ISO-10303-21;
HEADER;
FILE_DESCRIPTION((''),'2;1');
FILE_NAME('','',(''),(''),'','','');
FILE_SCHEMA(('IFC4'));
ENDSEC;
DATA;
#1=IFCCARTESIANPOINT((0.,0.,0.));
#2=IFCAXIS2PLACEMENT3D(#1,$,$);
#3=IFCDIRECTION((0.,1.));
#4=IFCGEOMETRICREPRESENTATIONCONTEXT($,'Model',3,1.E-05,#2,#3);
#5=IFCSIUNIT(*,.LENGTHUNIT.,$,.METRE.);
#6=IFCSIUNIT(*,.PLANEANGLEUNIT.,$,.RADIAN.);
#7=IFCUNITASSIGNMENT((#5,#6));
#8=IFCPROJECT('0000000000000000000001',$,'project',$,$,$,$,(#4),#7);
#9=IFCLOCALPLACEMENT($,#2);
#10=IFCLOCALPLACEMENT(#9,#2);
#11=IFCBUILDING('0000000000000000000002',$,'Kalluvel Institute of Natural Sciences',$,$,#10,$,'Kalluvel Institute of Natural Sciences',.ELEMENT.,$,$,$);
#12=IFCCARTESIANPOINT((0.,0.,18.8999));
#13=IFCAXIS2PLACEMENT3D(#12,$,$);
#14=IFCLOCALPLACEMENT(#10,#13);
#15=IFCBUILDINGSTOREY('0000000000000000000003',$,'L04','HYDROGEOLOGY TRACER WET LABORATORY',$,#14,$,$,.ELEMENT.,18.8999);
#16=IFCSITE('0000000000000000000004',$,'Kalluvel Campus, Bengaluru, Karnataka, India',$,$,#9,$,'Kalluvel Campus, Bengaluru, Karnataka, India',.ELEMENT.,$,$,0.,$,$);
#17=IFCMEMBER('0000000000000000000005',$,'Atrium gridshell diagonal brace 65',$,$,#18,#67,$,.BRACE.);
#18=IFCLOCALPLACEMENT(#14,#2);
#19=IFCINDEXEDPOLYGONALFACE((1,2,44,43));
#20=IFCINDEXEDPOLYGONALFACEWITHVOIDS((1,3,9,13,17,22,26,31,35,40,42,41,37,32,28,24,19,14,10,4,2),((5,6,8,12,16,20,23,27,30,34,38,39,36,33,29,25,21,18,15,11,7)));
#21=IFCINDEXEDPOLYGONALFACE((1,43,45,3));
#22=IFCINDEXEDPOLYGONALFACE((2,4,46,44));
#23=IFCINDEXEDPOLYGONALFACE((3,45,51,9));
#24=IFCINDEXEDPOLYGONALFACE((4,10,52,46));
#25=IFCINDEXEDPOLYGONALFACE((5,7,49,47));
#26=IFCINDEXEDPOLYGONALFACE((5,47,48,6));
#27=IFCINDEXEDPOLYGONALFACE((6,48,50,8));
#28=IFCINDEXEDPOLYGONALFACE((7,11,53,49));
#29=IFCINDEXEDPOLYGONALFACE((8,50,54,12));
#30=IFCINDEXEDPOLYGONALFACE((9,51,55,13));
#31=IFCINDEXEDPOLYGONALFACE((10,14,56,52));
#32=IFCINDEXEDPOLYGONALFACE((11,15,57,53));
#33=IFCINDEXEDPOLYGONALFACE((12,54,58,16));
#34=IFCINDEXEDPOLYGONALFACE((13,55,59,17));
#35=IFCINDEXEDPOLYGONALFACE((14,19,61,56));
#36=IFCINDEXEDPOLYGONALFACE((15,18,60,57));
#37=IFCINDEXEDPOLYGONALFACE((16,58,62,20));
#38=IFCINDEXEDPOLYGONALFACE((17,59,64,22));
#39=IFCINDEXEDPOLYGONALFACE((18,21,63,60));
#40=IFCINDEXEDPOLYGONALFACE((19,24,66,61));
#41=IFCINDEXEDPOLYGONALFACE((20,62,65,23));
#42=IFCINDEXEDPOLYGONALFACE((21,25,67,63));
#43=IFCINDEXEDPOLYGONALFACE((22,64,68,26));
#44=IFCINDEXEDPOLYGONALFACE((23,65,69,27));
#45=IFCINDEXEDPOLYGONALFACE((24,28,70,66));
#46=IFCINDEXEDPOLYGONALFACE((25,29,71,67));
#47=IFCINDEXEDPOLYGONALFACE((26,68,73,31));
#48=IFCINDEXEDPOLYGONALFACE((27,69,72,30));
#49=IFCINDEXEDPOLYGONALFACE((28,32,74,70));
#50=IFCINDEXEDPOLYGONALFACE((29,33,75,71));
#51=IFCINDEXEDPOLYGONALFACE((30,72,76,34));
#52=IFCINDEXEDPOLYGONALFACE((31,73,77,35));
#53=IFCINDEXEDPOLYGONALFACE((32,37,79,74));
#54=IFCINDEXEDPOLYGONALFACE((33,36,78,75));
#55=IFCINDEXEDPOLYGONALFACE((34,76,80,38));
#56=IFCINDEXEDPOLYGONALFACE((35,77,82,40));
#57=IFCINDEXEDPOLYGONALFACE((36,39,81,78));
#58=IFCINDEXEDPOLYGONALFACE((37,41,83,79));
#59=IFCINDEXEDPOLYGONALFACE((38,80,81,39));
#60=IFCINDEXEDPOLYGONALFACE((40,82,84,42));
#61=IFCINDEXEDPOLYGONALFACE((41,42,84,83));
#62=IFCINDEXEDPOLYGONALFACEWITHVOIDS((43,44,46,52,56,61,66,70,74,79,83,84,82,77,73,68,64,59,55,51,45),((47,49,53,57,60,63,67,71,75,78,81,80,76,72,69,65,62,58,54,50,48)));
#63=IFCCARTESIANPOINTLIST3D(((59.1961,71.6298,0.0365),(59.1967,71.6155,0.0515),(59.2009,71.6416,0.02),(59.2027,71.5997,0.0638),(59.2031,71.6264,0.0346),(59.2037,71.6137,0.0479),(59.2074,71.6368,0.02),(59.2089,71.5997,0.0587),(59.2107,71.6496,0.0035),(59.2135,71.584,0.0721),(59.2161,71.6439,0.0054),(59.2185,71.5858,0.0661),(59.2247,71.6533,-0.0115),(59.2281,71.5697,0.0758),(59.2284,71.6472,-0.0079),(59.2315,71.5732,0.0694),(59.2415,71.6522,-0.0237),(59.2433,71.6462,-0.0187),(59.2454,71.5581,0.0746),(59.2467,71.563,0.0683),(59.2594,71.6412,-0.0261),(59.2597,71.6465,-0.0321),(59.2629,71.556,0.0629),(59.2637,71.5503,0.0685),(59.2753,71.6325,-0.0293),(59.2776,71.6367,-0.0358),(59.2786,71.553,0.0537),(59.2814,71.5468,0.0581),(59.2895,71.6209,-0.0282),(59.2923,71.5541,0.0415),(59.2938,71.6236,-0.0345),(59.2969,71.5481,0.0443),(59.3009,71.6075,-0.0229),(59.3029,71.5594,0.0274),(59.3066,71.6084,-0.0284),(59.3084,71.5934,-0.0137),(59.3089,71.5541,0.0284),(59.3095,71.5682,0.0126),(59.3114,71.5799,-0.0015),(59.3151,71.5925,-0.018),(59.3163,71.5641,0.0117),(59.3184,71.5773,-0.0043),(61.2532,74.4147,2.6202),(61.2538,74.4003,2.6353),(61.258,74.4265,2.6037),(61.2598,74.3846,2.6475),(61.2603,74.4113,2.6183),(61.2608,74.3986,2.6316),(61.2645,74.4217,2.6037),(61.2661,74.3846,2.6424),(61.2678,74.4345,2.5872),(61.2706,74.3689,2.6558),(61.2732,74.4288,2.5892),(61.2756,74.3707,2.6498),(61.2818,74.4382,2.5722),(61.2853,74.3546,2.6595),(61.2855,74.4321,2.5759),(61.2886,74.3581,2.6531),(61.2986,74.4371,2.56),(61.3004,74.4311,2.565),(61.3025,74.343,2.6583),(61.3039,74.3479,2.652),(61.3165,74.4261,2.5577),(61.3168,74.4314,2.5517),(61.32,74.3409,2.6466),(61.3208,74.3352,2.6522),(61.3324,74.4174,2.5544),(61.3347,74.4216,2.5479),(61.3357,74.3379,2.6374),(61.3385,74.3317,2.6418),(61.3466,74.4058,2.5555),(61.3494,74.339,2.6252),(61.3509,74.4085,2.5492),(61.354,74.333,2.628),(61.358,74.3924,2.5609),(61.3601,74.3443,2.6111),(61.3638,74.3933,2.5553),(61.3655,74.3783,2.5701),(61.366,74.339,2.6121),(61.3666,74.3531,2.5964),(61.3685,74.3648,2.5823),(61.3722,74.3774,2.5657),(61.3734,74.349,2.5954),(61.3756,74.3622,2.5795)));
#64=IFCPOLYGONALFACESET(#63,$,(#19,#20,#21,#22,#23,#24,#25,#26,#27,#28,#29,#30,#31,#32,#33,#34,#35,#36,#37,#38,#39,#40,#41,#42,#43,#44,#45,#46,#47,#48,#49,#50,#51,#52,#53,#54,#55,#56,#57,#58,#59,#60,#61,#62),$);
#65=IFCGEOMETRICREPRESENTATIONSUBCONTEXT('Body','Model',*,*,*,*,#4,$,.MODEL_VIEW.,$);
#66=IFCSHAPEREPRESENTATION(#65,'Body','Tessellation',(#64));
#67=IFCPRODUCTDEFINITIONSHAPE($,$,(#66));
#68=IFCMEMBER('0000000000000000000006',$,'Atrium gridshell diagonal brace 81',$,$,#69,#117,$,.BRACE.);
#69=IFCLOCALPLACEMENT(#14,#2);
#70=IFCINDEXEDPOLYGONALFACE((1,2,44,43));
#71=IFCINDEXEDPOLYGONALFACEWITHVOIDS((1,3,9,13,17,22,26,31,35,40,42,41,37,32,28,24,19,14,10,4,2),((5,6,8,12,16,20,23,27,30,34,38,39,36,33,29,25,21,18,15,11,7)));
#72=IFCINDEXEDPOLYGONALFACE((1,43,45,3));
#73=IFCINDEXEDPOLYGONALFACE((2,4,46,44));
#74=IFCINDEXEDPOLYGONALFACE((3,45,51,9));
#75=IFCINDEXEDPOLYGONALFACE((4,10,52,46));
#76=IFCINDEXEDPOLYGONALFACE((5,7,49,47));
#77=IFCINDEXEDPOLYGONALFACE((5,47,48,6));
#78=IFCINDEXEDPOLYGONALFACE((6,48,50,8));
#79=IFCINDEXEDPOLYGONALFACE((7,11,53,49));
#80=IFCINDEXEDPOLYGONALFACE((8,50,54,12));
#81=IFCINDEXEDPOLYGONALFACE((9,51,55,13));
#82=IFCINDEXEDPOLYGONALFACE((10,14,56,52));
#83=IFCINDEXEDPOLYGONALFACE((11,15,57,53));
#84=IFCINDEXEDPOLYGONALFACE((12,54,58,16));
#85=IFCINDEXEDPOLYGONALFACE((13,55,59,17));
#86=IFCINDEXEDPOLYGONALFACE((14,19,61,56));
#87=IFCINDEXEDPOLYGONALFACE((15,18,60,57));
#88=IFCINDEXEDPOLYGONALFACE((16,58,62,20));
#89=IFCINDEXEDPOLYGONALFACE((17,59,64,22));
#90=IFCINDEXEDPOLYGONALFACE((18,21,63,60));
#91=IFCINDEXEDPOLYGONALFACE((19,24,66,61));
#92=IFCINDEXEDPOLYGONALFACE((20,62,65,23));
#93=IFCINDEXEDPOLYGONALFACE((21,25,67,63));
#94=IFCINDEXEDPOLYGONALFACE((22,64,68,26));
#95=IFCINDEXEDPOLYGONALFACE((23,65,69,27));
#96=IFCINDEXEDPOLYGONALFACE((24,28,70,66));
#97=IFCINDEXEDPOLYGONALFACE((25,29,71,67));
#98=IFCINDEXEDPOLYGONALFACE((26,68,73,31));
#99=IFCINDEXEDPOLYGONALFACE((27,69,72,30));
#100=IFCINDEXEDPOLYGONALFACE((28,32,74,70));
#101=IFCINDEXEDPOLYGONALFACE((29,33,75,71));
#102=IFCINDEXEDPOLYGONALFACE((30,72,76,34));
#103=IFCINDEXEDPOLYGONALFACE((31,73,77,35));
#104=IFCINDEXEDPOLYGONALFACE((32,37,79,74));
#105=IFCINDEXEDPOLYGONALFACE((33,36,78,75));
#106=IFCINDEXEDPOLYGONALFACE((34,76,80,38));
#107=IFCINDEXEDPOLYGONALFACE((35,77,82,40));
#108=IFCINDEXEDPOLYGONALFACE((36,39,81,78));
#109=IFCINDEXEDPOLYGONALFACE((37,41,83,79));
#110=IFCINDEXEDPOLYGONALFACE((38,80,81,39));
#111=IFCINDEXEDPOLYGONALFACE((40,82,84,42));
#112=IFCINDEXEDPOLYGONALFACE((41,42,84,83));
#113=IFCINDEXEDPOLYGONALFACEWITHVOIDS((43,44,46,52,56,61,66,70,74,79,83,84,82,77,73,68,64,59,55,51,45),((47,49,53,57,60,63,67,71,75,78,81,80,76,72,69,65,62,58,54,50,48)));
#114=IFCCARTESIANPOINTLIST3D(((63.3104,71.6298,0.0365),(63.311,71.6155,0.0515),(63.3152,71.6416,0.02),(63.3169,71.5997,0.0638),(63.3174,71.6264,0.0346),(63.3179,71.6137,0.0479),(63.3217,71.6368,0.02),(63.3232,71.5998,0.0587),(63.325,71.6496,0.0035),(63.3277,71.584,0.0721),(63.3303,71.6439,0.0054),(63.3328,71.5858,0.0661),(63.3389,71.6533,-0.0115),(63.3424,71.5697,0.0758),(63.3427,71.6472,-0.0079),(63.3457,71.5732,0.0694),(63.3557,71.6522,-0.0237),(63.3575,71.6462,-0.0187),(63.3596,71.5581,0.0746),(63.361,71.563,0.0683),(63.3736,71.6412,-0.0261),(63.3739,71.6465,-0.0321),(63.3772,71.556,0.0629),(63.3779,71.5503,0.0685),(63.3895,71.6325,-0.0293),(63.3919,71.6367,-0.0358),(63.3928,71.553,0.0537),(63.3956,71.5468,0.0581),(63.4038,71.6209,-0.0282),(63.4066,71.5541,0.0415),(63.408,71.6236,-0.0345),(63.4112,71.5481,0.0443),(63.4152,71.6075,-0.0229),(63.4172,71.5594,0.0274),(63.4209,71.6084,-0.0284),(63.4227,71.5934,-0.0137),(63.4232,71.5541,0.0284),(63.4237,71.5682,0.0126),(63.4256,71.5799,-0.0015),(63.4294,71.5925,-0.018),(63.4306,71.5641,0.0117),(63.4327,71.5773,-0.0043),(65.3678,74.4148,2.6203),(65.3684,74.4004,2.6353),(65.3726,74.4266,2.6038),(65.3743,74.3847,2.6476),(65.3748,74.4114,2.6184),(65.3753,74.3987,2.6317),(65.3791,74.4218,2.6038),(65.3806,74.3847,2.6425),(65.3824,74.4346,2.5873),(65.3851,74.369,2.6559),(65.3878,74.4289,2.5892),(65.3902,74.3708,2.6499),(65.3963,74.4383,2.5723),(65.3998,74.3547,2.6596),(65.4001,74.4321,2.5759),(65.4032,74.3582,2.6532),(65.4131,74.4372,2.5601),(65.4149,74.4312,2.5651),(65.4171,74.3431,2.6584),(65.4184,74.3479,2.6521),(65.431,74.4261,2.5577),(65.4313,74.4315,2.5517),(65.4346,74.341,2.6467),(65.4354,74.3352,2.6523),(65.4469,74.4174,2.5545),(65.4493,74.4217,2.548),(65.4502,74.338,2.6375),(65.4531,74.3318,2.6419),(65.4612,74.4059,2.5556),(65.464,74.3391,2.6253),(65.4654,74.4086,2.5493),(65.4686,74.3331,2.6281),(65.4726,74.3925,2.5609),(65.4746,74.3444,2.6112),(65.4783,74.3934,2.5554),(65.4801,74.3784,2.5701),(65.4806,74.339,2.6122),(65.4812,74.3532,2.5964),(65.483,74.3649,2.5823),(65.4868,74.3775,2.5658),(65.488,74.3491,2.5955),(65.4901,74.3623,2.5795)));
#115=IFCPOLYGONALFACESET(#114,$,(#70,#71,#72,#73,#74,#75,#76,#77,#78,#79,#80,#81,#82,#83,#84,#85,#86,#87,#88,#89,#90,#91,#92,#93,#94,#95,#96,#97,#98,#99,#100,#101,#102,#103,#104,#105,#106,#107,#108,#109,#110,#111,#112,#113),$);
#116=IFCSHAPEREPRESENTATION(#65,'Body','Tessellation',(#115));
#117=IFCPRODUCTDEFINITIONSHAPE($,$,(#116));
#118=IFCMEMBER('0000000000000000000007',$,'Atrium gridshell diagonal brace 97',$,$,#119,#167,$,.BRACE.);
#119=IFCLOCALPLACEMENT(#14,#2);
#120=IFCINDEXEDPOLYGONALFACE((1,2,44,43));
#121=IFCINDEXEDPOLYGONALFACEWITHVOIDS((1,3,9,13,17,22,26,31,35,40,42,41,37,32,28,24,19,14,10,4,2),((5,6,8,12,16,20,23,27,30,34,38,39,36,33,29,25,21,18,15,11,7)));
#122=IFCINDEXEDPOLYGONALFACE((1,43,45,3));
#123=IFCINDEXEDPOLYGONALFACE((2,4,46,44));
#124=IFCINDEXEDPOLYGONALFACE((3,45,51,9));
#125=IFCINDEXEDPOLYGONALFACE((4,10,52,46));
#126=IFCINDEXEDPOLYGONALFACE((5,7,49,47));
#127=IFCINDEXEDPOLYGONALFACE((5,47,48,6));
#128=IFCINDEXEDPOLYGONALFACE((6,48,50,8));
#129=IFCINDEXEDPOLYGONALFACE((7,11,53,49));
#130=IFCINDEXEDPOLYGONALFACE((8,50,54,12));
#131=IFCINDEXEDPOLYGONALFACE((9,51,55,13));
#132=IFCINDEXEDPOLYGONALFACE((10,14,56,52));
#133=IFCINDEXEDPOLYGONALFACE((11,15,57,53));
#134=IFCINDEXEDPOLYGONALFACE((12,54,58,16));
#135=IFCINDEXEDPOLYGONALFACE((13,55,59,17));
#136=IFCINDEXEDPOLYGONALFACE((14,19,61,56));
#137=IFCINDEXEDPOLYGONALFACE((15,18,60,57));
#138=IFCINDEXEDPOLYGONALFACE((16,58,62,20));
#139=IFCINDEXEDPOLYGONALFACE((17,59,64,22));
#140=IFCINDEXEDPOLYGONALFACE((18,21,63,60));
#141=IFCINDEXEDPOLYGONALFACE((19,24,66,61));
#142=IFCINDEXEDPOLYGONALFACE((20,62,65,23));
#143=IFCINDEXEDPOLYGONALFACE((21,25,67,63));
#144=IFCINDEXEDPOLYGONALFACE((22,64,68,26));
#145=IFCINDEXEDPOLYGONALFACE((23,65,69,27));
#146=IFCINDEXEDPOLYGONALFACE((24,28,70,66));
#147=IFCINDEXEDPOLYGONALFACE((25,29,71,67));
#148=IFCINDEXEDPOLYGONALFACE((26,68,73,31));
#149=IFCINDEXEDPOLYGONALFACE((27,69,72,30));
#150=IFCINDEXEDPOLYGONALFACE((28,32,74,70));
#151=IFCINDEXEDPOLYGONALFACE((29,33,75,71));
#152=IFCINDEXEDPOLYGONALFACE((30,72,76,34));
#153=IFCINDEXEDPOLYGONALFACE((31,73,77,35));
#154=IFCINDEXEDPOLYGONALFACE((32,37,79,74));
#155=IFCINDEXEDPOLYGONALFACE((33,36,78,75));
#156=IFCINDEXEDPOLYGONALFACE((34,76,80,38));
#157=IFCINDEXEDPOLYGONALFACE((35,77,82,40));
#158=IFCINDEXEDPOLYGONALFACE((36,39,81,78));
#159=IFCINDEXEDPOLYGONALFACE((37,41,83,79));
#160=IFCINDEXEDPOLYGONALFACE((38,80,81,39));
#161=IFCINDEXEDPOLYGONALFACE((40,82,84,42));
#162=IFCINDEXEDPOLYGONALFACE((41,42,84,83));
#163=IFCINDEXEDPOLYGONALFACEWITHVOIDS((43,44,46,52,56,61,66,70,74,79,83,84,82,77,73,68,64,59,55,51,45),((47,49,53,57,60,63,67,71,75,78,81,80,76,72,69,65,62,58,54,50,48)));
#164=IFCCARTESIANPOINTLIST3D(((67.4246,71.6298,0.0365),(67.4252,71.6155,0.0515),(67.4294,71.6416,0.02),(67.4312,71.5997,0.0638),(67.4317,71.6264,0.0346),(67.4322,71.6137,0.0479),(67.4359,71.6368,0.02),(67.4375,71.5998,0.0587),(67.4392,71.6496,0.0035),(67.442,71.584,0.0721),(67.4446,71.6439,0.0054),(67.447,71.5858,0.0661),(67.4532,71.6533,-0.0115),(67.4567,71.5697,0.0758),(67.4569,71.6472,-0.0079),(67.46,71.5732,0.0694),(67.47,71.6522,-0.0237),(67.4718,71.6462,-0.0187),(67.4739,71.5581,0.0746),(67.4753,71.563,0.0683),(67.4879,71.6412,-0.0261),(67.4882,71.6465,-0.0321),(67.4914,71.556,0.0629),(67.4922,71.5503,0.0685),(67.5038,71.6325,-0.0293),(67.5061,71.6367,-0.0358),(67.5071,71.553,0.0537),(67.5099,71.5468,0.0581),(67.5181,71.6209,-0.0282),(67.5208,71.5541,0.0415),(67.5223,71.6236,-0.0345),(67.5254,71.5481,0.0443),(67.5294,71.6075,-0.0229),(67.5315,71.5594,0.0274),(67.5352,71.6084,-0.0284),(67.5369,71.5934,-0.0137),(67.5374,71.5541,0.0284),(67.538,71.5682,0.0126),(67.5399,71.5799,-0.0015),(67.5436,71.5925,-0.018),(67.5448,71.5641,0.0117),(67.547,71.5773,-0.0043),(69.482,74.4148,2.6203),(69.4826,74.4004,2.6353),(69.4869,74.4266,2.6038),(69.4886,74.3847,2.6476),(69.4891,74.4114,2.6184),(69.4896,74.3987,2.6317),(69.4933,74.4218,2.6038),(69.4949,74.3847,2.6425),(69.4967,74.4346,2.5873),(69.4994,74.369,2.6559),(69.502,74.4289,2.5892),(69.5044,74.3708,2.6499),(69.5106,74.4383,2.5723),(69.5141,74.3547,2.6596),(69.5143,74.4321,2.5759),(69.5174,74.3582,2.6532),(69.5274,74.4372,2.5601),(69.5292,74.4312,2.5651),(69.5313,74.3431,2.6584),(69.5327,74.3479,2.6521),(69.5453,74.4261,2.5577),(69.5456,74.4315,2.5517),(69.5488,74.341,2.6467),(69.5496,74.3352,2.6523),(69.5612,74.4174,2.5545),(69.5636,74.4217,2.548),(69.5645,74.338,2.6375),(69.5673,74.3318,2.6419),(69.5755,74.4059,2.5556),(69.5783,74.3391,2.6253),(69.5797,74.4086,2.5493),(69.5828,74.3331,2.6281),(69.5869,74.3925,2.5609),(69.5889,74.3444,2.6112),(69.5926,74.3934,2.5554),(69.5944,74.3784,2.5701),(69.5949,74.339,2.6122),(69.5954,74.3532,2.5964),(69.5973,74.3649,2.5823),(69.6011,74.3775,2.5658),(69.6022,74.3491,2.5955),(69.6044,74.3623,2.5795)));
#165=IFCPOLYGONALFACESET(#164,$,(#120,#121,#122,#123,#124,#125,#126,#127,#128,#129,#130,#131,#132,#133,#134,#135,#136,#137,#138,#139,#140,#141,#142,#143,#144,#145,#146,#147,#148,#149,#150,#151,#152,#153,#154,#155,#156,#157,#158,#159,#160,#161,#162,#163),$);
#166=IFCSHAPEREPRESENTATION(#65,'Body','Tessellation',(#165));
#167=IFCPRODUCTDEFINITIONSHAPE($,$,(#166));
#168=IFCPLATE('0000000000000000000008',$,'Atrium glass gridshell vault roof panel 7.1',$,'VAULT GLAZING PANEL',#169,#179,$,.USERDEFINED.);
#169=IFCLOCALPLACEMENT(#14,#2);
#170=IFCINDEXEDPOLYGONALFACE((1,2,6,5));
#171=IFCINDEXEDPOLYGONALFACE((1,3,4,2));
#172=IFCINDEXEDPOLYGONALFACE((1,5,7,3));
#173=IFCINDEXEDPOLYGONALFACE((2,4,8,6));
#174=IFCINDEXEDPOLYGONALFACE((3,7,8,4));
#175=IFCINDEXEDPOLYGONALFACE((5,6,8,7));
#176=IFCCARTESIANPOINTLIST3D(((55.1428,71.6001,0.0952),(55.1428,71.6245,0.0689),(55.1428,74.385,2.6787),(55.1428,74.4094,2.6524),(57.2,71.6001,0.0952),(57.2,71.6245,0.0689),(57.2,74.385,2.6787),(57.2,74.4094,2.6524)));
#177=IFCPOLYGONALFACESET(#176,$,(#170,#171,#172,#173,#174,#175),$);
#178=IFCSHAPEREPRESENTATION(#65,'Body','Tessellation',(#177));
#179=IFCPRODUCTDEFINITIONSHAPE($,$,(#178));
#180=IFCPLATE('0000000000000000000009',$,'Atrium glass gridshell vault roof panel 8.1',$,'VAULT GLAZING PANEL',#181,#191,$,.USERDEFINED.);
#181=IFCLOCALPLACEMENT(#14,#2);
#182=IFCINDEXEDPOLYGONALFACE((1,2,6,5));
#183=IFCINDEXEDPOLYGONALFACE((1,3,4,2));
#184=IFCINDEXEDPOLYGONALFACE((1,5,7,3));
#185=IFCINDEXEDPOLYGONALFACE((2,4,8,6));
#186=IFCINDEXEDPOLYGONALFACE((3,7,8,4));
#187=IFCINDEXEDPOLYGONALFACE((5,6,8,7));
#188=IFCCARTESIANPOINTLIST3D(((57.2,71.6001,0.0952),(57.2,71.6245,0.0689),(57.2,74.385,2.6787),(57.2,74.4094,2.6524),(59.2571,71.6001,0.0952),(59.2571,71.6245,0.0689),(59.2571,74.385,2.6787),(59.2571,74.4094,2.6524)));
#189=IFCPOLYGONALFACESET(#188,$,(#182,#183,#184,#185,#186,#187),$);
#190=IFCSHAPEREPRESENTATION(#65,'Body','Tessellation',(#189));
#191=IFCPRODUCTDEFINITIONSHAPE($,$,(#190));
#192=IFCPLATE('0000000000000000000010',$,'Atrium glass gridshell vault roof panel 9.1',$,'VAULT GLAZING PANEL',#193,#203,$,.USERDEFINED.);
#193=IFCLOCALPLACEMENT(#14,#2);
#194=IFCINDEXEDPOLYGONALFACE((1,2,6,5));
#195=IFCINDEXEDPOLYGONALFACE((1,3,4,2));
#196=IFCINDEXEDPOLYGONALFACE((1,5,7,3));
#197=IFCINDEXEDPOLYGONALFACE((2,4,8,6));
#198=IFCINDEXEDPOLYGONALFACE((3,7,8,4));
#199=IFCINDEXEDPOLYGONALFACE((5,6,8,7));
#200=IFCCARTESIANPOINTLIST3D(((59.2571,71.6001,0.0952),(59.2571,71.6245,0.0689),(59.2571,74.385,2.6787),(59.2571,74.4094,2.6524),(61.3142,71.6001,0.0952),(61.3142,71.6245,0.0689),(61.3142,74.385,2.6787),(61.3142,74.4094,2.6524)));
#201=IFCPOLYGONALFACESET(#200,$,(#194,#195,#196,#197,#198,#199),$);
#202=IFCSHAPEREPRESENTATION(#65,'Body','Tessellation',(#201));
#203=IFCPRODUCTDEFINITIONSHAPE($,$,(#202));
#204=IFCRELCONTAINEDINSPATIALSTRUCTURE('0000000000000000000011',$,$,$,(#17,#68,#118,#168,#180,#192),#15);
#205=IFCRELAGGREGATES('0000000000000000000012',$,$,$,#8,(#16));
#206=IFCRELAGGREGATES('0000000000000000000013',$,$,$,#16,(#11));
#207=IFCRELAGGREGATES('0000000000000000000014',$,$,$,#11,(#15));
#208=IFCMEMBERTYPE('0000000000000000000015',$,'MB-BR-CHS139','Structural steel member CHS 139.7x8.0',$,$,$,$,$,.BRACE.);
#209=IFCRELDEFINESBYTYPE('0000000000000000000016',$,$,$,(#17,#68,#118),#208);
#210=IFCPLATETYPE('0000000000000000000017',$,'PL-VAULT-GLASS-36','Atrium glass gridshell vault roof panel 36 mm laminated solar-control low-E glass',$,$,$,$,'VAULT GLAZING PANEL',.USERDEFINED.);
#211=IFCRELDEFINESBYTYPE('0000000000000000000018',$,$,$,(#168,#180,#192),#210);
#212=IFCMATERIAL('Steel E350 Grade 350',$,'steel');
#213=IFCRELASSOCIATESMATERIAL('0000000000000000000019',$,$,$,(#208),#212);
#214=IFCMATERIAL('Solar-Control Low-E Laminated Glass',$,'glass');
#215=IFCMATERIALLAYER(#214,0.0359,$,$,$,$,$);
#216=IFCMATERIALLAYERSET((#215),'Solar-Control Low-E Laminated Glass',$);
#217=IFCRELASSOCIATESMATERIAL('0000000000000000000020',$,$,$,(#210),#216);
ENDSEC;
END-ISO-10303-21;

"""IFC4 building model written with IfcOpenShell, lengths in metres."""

from ifc_helpers import new_model, si_unit, direction, frame, origin, origin_2d, place, context, subcontext, project, spatial, polyline, hollow_circle, outline, extrude, material, layer, layer_set, material_profile, profile_set, type_object, element, save


model = new_model("IFC4")

# Units and contexts
model_context = context("Model", 3, precision=1e-05, world=origin(), true_north=direction((0.0, 1.0)))
body_context = subcontext(model_context, "Body", "Model", "MODEL_VIEW")
ifc_project = project(units=[si_unit("LENGTHUNIT", "METRE"), si_unit("PLANEANGLEUNIT", "RADIAN")], contexts=[model_context])

# Site, building, storey
site_placement = place(None, origin())
site = spatial("IfcSite", under=ifc_project, at=site_placement, Name="Kalluvel Campus, Bengaluru, Karnataka, India", LongName="Kalluvel Campus, Bengaluru, Karnataka, India", CompositionType="ELEMENT", RefElevation=0.0)
building_placement = place(site_placement, origin())
building = spatial("IfcBuilding", under=site, at=building_placement, Name="Kalluvel Institute of Natural Sciences", LongName="Kalluvel Institute of Natural Sciences", CompositionType="ELEMENT")
storey_placement = place(building_placement, frame((0.0, 0.0, 18.8999)))
storey = spatial("IfcBuildingStorey", under=building, at=storey_placement, Name="L04", Description="HYDROGEOLOGY TRACER WET LABORATORY", CompositionType="ELEMENT", Elevation=18.8999)

# Members
ifc_material_1 = material(Name="Steel E350 Grade 350", Category="steel")
ifc_material_profile_1 = material_profile(ifc_material_1, hollow_circle(Radius=0.0698, WallThickness=0.0081, at=origin_2d()), Name="CHS 139.7x8.0")
ifc_profile_set_1 = profile_set([ifc_material_profile_1], Name="Steel E350 Grade 350")
member_type_1 = type_object("IfcMemberType", Name="MB-BR-CHS139", Description="Structural steel member CHS 139.7x8.0", PredefinedType="BRACE", material=ifc_profile_set_1)
for number, where, z_axis, x_axis, name in (
    (1, (59.2571, 71.6001, 0.02), (0.476177, 0.644641, 0.598075), (-0.804353, 0.594151, 0.0), "Atrium gridshell diagonal brace 65"),
):
    element("IfcMember", number, at=place(storey_placement, frame(where, z_axis=z_axis, x_axis=x_axis)), inside=storey, type_object=member_type_1, Name=name, PredefinedType="BRACE", context=body_context, shape_type="SweptSolid", body=[
        extrude(hollow_circle(Radius=0.0698, WallThickness=0.0081, at=origin_2d()), origin(), (0.0, 0.0, 1.0), 4.3201),
    ])
for number, where, z_axis, x_axis, name in (
    (2, (63.3713, 71.6001, 0.02), (0.47622, 0.644624, 0.598059), (-0.80432, 0.594197, 0.0), "Atrium gridshell diagonal brace 81"),
    (3, (67.4856, 71.6001, 0.02), (0.47622, 0.644624, 0.598059), (-0.80432, 0.594197, 0.0), "Atrium gridshell diagonal brace 97"),
):
    element("IfcMember", number, at=place(storey_placement, frame(where, z_axis=z_axis, x_axis=x_axis)), inside=storey, type_object=member_type_1, Name=name, PredefinedType="BRACE", context=body_context, shape_type="SweptSolid", body=[
        extrude(hollow_circle(Radius=0.0698, WallThickness=0.0081, at=origin_2d()), origin(), (0.0, 0.0, 1.0), 4.3203),
    ])

# Plates
ifc_material_2 = material(Name="Solar-Control Low-E Laminated Glass", Category="glass")
ifc_layer = layer(ifc_material_2, 0.0359)
ifc_layer_set = layer_set([ifc_layer], Name="Solar-Control Low-E Laminated Glass")
plate_type = type_object("IfcPlateType", Name="PL-VAULT-GLASS-36", Description="Atrium glass gridshell vault roof panel 36 mm laminated solar-control low-E glass", ElementType="VAULT GLAZING PANEL", PredefinedType="USERDEFINED", material=ifc_layer_set)
for number, where, z_axis, x_axis, name in (
    (4, (55.1428, 71.6001, 0.0952), (0.0, -0.680099, 0.733121), (1.0, 0.0, 0.0), "Atrium glass gridshell vault roof panel 7.1"),
    (5, (57.2, 71.6001, 0.0952), (0.0, -0.680099, 0.733121), (1.0, 0.0, 0.0), "Atrium glass gridshell vault roof panel 8.1"),
    (6, (59.2571, 71.6001, 0.0952), (0.0, -0.680099, 0.733121), (1.0, 0.0, 0.0), "Atrium glass gridshell vault roof panel 9.1"),
):
    element("IfcPlate", number, at=place(storey_placement, frame(where, z_axis=z_axis, x_axis=x_axis)), inside=storey, type_object=plate_type, Name=name, ObjectType="VAULT GLAZING PANEL", PredefinedType="USERDEFINED", context=body_context, shape_type="SweptSolid", body=[
        extrude(outline(polyline([(0.0, 0.0), (2.0571, 0.0), (2.0571, 3.7987), (0.0, 3.7987), (0.0, 0.0)])), origin(), (0.0, 0.0, -1.0), 0.0359),
    ])

save(model, "model.ifc")
